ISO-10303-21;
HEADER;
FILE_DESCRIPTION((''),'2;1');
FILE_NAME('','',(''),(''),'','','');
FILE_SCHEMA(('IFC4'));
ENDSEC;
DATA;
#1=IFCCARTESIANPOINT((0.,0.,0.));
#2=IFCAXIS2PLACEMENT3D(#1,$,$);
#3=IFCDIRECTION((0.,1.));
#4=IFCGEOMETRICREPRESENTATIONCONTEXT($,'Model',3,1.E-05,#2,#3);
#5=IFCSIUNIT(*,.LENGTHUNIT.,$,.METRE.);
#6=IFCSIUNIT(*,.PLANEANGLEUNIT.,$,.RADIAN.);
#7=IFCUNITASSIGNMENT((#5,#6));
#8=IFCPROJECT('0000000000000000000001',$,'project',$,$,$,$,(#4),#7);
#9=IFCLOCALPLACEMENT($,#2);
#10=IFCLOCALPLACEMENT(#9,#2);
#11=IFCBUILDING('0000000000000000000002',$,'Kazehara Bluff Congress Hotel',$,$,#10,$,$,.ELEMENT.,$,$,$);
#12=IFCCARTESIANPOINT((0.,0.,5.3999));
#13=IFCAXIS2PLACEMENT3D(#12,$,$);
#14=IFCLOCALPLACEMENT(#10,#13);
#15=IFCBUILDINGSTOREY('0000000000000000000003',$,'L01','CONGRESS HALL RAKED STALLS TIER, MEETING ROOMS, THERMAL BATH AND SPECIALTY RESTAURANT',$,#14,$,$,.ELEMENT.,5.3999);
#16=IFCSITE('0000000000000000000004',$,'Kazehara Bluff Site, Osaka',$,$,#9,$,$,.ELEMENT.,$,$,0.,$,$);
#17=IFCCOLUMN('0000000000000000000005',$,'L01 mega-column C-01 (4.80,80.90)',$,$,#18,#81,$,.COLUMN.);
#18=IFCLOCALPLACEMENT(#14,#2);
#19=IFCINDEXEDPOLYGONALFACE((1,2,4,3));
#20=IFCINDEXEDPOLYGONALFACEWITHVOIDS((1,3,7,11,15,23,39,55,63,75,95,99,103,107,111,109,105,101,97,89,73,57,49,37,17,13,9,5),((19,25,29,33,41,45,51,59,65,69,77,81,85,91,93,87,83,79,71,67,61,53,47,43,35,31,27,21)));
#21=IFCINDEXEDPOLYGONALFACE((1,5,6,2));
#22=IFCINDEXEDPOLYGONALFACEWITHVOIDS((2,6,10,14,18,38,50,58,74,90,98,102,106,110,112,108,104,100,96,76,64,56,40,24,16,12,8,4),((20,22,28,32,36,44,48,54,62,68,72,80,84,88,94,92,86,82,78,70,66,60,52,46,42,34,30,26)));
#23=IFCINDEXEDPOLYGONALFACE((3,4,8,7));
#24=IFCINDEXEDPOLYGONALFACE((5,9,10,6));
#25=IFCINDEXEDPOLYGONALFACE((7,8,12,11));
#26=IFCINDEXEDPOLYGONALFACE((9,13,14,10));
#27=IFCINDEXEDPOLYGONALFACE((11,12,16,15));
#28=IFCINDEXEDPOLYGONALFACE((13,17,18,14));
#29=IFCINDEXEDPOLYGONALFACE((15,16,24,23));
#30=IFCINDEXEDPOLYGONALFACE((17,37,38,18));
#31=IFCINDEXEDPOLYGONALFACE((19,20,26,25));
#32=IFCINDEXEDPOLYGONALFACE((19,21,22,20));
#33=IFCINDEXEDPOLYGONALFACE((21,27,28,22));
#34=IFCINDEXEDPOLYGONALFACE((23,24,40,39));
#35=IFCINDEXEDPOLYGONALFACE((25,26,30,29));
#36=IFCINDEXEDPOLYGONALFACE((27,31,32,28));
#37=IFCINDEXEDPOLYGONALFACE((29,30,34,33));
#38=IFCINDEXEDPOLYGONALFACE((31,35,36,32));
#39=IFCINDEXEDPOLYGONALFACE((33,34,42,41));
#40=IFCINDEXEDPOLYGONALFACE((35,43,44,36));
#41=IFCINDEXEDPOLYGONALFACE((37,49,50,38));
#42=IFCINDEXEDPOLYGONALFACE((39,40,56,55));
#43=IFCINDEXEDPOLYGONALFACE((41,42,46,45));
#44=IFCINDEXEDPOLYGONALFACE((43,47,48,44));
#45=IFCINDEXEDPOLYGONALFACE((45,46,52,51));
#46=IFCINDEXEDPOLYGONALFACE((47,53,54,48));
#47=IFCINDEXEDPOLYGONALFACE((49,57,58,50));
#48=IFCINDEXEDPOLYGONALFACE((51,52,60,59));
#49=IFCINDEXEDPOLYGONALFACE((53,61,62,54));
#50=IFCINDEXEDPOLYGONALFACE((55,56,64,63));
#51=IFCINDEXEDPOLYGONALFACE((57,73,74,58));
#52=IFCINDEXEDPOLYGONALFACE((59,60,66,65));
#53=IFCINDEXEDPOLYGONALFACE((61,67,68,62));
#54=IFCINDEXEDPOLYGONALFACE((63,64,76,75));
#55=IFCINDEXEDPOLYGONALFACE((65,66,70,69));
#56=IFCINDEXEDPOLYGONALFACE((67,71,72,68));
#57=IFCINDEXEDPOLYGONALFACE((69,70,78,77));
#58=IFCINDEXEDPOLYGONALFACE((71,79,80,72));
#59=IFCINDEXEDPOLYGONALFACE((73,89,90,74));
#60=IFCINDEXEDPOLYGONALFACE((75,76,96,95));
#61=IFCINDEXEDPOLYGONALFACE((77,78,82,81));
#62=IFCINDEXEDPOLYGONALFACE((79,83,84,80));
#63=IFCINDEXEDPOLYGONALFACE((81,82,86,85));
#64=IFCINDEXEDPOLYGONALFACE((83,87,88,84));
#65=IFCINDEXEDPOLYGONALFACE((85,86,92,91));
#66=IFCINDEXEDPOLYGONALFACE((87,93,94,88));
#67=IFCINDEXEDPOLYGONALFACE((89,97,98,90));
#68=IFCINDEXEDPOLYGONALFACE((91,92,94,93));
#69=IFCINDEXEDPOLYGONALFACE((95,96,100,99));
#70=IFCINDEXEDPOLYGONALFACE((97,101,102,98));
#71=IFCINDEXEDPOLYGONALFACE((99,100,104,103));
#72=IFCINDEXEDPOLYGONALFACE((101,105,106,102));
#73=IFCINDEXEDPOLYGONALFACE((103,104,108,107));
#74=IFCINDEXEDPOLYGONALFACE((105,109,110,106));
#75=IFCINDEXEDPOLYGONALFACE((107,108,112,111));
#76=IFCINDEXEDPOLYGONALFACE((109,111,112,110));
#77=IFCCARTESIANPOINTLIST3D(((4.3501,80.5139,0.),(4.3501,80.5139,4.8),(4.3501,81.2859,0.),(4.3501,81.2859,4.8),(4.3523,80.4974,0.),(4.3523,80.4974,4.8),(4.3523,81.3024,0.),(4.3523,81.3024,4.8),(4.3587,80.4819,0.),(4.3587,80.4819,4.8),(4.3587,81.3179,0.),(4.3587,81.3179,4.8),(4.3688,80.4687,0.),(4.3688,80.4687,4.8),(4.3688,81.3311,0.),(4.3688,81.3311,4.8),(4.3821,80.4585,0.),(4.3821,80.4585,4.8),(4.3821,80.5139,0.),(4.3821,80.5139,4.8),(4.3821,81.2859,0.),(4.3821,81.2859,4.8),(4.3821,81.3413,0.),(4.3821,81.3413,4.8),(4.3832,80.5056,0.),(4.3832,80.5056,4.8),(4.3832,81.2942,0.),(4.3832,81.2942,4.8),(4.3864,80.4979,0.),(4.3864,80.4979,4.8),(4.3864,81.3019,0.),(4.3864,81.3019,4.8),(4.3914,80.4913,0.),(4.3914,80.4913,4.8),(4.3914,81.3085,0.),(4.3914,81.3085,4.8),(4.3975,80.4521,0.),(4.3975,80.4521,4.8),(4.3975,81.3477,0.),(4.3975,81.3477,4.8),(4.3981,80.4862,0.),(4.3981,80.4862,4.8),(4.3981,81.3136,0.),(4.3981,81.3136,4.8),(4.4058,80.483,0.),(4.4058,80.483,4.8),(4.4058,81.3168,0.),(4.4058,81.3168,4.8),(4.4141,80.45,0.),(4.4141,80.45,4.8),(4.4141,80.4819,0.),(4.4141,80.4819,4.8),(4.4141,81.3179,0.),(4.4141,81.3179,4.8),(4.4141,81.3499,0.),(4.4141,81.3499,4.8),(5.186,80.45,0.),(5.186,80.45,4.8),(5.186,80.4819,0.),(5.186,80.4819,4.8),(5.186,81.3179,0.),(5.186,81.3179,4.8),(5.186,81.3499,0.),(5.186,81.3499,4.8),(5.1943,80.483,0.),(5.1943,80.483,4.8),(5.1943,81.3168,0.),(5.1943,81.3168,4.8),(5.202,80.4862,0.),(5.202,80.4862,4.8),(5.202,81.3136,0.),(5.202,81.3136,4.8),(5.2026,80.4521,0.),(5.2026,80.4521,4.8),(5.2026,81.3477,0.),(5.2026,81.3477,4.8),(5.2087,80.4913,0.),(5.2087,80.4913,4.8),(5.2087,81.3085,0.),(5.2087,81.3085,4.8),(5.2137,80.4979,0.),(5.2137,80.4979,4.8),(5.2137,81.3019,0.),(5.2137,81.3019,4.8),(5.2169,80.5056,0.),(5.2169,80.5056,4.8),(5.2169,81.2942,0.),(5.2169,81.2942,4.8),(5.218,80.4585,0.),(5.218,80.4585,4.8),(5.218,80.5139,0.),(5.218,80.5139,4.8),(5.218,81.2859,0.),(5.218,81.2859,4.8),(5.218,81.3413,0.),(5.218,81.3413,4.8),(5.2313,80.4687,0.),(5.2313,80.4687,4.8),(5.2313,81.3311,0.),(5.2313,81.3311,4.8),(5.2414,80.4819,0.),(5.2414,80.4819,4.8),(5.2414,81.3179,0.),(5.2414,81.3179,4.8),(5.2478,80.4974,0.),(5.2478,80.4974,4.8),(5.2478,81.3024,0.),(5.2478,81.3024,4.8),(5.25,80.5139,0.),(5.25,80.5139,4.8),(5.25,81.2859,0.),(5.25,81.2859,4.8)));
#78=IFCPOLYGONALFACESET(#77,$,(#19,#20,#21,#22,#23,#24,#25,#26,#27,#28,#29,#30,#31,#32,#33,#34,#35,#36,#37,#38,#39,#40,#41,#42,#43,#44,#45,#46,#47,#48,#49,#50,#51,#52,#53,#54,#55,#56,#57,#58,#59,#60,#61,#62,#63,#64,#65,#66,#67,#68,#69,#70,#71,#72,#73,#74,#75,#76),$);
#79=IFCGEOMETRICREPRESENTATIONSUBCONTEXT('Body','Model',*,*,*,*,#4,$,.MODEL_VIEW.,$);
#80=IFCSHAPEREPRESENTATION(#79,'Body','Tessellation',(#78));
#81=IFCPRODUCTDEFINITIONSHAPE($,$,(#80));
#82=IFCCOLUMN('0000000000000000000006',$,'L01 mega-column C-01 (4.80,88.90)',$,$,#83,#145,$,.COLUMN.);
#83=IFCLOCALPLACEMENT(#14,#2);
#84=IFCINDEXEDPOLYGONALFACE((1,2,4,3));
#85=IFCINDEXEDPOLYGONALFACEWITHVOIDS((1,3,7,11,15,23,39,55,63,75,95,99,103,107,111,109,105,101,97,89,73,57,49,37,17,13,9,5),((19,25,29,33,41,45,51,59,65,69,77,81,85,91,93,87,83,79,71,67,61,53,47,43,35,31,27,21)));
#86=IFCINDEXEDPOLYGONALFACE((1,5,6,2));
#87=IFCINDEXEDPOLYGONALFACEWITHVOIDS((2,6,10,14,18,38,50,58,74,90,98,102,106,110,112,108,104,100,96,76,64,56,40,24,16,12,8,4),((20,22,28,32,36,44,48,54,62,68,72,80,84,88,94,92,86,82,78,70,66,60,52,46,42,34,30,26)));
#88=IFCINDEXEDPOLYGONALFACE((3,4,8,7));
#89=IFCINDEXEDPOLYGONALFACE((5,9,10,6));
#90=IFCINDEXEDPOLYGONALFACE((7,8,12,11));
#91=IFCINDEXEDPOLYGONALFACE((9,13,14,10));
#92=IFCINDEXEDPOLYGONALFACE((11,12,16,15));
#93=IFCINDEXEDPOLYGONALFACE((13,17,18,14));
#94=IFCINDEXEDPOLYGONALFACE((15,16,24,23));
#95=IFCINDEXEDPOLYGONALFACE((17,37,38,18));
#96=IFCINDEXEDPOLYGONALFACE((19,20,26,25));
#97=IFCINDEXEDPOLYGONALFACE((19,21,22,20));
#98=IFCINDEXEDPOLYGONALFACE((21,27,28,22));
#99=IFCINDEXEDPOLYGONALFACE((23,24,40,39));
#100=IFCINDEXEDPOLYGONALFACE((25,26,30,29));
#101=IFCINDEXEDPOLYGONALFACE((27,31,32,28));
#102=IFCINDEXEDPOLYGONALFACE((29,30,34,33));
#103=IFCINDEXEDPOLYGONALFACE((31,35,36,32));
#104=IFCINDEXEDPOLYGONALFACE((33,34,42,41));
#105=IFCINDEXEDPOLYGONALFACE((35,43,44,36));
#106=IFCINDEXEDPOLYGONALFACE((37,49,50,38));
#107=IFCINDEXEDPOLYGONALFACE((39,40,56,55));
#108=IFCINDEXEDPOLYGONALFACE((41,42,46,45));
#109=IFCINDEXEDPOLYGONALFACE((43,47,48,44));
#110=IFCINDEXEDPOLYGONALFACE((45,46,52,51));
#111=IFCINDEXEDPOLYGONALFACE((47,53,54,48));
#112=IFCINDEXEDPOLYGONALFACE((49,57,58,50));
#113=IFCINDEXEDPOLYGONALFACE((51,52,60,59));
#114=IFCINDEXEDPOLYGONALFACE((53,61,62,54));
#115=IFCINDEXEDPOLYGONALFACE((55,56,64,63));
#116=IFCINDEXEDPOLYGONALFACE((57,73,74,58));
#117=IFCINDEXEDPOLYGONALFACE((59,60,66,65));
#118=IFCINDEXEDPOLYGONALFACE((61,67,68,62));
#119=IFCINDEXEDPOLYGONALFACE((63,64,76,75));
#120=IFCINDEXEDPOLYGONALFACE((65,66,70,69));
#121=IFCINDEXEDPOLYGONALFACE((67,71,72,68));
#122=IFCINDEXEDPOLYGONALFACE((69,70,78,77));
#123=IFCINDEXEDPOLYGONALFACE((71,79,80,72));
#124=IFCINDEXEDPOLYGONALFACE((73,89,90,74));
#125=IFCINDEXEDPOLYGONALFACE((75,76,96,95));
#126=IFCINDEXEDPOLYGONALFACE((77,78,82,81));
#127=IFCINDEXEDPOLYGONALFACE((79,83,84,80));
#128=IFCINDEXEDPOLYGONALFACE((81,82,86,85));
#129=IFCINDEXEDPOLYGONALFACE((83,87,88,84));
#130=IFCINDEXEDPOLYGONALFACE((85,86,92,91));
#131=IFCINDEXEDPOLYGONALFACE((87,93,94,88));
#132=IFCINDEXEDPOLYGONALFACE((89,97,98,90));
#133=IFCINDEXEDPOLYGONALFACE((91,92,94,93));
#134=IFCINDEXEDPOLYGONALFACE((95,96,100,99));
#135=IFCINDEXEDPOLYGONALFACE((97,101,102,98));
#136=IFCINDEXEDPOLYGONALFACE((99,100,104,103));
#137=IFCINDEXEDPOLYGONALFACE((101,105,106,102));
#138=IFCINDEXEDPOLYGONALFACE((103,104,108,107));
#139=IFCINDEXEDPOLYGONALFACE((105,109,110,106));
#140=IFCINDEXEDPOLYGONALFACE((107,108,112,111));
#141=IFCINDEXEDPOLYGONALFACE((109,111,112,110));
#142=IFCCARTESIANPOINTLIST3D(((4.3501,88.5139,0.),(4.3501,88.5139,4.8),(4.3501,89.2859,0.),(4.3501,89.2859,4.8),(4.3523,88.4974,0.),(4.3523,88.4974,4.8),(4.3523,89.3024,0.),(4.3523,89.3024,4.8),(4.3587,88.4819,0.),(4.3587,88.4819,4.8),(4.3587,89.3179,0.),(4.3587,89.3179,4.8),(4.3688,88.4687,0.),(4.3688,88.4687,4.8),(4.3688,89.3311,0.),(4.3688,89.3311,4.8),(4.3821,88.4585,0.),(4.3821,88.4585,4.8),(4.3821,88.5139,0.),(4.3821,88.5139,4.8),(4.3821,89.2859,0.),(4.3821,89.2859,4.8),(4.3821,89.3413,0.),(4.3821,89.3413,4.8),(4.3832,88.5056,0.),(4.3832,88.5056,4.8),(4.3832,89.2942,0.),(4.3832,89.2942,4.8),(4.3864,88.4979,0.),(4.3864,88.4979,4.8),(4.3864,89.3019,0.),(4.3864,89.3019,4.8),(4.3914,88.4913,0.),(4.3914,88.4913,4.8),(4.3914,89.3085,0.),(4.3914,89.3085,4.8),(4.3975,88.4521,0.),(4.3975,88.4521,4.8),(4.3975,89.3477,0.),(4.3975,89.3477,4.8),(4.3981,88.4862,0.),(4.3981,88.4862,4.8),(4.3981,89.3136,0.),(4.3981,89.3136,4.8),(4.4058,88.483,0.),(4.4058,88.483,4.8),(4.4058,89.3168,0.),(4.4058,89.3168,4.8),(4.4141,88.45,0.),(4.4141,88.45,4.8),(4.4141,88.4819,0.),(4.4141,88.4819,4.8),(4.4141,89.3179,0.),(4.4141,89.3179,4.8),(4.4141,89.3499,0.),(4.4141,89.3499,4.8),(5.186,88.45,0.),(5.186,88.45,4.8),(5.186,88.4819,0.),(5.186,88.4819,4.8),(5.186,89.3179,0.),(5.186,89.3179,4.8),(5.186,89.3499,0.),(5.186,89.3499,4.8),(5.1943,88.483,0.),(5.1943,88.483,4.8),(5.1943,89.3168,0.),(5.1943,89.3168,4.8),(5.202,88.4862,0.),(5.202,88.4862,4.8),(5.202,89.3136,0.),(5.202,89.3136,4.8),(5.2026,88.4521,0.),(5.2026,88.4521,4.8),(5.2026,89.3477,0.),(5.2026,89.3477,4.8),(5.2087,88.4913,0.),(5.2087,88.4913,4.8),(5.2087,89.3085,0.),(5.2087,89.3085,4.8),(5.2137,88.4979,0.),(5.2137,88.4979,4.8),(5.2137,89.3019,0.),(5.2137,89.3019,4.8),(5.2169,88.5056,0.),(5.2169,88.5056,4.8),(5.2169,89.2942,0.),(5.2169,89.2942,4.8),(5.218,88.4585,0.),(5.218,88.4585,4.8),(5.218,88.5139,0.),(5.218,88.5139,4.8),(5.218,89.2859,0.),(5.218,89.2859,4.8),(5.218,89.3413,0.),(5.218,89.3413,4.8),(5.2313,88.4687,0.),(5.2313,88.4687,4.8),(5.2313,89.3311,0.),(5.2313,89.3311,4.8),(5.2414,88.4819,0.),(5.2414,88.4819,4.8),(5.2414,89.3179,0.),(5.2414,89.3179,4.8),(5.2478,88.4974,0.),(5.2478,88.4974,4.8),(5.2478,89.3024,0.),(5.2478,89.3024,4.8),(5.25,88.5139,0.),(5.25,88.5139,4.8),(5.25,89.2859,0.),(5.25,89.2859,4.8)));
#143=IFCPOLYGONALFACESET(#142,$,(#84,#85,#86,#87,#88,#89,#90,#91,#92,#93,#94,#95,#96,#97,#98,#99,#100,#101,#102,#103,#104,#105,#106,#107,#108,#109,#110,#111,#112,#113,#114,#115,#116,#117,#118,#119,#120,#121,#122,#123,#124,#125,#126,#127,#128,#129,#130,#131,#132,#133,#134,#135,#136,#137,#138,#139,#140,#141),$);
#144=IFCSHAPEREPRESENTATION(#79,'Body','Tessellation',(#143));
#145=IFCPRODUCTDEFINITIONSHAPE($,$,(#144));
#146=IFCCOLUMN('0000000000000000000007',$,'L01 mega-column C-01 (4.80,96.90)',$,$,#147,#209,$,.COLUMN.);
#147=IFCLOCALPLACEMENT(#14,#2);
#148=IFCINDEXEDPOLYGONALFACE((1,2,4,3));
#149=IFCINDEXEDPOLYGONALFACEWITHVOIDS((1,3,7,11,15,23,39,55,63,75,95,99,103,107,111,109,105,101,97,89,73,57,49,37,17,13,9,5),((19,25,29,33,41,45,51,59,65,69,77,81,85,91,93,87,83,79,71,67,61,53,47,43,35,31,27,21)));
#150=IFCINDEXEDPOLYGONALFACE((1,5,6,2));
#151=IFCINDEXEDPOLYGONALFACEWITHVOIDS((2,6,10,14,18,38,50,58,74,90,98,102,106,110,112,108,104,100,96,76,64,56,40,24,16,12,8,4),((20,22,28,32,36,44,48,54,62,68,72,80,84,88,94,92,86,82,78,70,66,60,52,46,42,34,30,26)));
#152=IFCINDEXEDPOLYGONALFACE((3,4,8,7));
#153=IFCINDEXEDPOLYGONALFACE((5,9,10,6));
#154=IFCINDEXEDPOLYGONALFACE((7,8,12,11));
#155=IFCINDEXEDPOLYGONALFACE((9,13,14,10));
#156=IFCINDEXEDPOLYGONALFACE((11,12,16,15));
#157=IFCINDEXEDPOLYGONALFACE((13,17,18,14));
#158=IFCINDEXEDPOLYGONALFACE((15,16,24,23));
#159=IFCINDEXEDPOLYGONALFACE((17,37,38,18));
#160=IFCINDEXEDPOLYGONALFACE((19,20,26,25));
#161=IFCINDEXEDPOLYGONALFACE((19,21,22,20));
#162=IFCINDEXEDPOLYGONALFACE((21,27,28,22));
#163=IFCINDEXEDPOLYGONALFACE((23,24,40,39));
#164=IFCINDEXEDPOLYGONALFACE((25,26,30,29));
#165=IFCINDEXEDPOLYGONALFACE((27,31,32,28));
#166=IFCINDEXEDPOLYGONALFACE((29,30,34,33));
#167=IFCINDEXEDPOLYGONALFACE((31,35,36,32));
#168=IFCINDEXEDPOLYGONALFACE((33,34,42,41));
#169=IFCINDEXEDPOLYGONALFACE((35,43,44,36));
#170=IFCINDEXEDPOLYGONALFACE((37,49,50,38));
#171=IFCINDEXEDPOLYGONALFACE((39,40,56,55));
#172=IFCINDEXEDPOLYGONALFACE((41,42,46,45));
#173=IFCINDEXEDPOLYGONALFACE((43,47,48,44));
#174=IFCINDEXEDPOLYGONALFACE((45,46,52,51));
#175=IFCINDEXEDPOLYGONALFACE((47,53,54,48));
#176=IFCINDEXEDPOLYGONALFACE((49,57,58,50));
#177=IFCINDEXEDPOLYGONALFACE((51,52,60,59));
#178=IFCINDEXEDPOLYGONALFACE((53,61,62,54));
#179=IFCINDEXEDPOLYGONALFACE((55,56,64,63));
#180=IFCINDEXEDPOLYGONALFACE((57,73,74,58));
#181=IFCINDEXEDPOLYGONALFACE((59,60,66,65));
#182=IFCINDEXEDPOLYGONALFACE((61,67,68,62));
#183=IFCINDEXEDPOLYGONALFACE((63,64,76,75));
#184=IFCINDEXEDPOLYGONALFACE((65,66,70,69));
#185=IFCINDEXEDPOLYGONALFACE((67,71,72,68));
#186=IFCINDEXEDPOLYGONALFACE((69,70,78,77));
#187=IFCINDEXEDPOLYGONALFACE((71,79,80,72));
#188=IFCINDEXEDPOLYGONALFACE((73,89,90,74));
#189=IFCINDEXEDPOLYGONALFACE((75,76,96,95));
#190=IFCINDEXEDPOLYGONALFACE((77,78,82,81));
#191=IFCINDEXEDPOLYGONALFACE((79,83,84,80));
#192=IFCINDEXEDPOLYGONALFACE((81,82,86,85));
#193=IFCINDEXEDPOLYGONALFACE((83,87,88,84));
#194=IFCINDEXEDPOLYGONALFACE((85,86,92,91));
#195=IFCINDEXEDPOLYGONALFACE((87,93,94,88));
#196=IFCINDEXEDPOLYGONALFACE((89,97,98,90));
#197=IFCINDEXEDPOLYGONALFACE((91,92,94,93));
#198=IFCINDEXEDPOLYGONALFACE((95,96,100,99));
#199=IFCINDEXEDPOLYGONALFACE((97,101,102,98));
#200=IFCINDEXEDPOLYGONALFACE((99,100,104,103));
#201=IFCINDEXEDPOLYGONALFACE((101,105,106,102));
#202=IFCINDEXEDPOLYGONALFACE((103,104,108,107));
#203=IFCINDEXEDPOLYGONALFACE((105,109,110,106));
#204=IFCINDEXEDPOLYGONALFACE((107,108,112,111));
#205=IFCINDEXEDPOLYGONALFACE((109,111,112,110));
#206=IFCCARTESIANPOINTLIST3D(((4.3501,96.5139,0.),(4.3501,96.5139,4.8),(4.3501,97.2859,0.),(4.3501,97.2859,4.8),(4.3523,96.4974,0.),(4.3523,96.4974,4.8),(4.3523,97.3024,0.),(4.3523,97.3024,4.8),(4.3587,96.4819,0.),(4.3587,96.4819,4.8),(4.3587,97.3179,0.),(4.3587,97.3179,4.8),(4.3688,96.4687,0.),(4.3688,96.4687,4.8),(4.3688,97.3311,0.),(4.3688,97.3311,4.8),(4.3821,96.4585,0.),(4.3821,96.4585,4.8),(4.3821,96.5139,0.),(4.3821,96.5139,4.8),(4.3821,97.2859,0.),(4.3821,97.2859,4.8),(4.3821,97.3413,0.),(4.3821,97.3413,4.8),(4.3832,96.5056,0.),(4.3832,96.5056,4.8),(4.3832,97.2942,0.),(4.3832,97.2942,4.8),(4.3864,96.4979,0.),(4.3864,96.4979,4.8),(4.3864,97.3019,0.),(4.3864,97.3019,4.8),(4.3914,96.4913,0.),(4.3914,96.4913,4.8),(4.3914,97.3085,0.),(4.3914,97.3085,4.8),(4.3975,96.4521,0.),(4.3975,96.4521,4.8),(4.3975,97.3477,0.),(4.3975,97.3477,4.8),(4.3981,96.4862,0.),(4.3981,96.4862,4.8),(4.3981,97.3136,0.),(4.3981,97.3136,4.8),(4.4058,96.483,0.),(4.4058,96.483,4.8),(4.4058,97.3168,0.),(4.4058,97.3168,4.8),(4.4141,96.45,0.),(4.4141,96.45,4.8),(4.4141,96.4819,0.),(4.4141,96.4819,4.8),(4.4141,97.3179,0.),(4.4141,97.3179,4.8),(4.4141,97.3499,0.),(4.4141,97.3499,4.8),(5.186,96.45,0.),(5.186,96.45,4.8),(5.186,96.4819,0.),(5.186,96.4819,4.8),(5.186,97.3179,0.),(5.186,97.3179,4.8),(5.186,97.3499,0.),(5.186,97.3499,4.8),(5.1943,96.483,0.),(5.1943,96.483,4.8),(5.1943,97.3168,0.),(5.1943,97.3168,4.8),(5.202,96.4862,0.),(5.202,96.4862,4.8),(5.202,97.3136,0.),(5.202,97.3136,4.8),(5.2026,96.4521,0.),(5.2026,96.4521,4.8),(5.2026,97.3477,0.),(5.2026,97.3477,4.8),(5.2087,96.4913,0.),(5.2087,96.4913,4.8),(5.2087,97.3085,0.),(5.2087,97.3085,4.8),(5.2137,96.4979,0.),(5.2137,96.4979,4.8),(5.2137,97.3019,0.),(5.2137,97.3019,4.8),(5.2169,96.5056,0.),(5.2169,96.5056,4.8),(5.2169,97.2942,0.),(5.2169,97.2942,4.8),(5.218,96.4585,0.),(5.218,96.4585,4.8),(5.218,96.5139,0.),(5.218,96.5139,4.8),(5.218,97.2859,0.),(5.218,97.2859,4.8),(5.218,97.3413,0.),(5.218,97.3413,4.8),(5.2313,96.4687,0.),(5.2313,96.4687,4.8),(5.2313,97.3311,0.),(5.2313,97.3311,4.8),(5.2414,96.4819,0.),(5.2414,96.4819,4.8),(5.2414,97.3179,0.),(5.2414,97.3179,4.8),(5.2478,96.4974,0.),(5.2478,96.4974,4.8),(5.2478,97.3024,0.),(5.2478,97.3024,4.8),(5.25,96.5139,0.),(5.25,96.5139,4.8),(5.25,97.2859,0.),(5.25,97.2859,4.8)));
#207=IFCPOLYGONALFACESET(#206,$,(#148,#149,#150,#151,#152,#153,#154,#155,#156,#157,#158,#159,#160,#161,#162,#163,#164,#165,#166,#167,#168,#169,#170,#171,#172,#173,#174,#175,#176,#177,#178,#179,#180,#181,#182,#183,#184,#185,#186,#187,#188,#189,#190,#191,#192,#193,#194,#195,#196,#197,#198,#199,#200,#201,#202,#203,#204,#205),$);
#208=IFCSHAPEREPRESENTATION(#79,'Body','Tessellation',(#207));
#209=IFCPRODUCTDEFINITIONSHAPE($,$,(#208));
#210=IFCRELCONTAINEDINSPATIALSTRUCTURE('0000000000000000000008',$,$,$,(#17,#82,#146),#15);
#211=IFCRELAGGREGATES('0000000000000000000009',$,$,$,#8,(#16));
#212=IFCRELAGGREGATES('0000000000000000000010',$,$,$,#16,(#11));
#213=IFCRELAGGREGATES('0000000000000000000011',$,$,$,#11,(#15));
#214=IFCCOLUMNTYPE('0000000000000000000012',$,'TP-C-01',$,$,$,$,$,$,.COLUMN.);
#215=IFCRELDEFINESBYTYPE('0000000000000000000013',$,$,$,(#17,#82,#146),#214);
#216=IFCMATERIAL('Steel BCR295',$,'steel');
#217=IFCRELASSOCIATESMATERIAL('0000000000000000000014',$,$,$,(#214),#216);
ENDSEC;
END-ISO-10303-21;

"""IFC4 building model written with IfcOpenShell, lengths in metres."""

from ifc_helpers import new_model, si_unit, direction, frame, origin, origin_2d, place, context, subcontext, project, spatial, hollow_rectangle, extrude, material, material_profile, profile_set, type_object, element, save


model = new_model("IFC4")

# Units and contexts
model_context = context("Model", 3, precision=1e-05, world=origin(), true_north=direction((0.0, 1.0)))
body_context = subcontext(model_context, "Body", "Model", "MODEL_VIEW")
ifc_project = project(units=[si_unit("LENGTHUNIT", "METRE"), si_unit("PLANEANGLEUNIT", "RADIAN")], contexts=[model_context])

# Site, building, storey
site_placement = place(None, origin())
site = spatial("IfcSite", under=ifc_project, at=site_placement, Name="Kazehara Bluff Site, Osaka", CompositionType="ELEMENT", RefElevation=0.0)
building_placement = place(site_placement, origin())
building = spatial("IfcBuilding", under=site, at=building_placement, Name="Kazehara Bluff Congress Hotel", CompositionType="ELEMENT")
storey_placement = place(building_placement, frame((0.0, 0.0, 5.3999)))
storey = spatial("IfcBuildingStorey", under=building, at=storey_placement, Name="L01", Description="CONGRESS HALL RAKED STALLS TIER, MEETING ROOMS, THERMAL BATH AND SPECIALTY RESTAURANT", CompositionType="ELEMENT", Elevation=5.3999)

# Columns
ifc_material_1 = material(Name="Steel BCR295", Category="steel")
ifc_material_profile_1 = material_profile(ifc_material_1, hollow_rectangle(XDim=0.8999, YDim=0.8999, WallThickness=0.032, InnerFilletRadius=0.032, OuterFilletRadius=0.064, at=origin_2d()))
ifc_profile_set_1 = profile_set([ifc_material_profile_1], Name="Steel BCR295")
column_type = type_object("IfcColumnType", Name="TP-C-01", PredefinedType="COLUMN", material=ifc_profile_set_1)
for number, where, z_axis, x_axis, name in (
    (1, (4.8, 80.8999, 0.0), (0.0, 0.0, 1.0), (1.0, 0.0, 0.0), "L01 mega-column C-01 (4.80,80.90)"),
    (2, (4.8, 88.8999, 0.0), (0.0, 0.0, 1.0), (1.0, 0.0, 0.0), "L01 mega-column C-01 (4.80,88.90)"),
    (3, (4.8, 96.8999, 0.0), (0.0, 0.0, 1.0), (1.0, 0.0, 0.0), "L01 mega-column C-01 (4.80,96.90)"),
):
    element("IfcColumn", number, at=place(storey_placement, frame(where, z_axis=z_axis, x_axis=x_axis)), inside=storey, type_object=column_type, Name=name, PredefinedType="COLUMN", context=body_context, shape_type="SweptSolid", body=[
        extrude(hollow_rectangle(XDim=0.8999, YDim=0.8999, WallThickness=0.032, InnerFilletRadius=0.032, OuterFilletRadius=0.064, at=origin_2d()), origin(), (0.0, 0.0, 1.0), 4.8),
    ])

save(model, "model.ifc")
